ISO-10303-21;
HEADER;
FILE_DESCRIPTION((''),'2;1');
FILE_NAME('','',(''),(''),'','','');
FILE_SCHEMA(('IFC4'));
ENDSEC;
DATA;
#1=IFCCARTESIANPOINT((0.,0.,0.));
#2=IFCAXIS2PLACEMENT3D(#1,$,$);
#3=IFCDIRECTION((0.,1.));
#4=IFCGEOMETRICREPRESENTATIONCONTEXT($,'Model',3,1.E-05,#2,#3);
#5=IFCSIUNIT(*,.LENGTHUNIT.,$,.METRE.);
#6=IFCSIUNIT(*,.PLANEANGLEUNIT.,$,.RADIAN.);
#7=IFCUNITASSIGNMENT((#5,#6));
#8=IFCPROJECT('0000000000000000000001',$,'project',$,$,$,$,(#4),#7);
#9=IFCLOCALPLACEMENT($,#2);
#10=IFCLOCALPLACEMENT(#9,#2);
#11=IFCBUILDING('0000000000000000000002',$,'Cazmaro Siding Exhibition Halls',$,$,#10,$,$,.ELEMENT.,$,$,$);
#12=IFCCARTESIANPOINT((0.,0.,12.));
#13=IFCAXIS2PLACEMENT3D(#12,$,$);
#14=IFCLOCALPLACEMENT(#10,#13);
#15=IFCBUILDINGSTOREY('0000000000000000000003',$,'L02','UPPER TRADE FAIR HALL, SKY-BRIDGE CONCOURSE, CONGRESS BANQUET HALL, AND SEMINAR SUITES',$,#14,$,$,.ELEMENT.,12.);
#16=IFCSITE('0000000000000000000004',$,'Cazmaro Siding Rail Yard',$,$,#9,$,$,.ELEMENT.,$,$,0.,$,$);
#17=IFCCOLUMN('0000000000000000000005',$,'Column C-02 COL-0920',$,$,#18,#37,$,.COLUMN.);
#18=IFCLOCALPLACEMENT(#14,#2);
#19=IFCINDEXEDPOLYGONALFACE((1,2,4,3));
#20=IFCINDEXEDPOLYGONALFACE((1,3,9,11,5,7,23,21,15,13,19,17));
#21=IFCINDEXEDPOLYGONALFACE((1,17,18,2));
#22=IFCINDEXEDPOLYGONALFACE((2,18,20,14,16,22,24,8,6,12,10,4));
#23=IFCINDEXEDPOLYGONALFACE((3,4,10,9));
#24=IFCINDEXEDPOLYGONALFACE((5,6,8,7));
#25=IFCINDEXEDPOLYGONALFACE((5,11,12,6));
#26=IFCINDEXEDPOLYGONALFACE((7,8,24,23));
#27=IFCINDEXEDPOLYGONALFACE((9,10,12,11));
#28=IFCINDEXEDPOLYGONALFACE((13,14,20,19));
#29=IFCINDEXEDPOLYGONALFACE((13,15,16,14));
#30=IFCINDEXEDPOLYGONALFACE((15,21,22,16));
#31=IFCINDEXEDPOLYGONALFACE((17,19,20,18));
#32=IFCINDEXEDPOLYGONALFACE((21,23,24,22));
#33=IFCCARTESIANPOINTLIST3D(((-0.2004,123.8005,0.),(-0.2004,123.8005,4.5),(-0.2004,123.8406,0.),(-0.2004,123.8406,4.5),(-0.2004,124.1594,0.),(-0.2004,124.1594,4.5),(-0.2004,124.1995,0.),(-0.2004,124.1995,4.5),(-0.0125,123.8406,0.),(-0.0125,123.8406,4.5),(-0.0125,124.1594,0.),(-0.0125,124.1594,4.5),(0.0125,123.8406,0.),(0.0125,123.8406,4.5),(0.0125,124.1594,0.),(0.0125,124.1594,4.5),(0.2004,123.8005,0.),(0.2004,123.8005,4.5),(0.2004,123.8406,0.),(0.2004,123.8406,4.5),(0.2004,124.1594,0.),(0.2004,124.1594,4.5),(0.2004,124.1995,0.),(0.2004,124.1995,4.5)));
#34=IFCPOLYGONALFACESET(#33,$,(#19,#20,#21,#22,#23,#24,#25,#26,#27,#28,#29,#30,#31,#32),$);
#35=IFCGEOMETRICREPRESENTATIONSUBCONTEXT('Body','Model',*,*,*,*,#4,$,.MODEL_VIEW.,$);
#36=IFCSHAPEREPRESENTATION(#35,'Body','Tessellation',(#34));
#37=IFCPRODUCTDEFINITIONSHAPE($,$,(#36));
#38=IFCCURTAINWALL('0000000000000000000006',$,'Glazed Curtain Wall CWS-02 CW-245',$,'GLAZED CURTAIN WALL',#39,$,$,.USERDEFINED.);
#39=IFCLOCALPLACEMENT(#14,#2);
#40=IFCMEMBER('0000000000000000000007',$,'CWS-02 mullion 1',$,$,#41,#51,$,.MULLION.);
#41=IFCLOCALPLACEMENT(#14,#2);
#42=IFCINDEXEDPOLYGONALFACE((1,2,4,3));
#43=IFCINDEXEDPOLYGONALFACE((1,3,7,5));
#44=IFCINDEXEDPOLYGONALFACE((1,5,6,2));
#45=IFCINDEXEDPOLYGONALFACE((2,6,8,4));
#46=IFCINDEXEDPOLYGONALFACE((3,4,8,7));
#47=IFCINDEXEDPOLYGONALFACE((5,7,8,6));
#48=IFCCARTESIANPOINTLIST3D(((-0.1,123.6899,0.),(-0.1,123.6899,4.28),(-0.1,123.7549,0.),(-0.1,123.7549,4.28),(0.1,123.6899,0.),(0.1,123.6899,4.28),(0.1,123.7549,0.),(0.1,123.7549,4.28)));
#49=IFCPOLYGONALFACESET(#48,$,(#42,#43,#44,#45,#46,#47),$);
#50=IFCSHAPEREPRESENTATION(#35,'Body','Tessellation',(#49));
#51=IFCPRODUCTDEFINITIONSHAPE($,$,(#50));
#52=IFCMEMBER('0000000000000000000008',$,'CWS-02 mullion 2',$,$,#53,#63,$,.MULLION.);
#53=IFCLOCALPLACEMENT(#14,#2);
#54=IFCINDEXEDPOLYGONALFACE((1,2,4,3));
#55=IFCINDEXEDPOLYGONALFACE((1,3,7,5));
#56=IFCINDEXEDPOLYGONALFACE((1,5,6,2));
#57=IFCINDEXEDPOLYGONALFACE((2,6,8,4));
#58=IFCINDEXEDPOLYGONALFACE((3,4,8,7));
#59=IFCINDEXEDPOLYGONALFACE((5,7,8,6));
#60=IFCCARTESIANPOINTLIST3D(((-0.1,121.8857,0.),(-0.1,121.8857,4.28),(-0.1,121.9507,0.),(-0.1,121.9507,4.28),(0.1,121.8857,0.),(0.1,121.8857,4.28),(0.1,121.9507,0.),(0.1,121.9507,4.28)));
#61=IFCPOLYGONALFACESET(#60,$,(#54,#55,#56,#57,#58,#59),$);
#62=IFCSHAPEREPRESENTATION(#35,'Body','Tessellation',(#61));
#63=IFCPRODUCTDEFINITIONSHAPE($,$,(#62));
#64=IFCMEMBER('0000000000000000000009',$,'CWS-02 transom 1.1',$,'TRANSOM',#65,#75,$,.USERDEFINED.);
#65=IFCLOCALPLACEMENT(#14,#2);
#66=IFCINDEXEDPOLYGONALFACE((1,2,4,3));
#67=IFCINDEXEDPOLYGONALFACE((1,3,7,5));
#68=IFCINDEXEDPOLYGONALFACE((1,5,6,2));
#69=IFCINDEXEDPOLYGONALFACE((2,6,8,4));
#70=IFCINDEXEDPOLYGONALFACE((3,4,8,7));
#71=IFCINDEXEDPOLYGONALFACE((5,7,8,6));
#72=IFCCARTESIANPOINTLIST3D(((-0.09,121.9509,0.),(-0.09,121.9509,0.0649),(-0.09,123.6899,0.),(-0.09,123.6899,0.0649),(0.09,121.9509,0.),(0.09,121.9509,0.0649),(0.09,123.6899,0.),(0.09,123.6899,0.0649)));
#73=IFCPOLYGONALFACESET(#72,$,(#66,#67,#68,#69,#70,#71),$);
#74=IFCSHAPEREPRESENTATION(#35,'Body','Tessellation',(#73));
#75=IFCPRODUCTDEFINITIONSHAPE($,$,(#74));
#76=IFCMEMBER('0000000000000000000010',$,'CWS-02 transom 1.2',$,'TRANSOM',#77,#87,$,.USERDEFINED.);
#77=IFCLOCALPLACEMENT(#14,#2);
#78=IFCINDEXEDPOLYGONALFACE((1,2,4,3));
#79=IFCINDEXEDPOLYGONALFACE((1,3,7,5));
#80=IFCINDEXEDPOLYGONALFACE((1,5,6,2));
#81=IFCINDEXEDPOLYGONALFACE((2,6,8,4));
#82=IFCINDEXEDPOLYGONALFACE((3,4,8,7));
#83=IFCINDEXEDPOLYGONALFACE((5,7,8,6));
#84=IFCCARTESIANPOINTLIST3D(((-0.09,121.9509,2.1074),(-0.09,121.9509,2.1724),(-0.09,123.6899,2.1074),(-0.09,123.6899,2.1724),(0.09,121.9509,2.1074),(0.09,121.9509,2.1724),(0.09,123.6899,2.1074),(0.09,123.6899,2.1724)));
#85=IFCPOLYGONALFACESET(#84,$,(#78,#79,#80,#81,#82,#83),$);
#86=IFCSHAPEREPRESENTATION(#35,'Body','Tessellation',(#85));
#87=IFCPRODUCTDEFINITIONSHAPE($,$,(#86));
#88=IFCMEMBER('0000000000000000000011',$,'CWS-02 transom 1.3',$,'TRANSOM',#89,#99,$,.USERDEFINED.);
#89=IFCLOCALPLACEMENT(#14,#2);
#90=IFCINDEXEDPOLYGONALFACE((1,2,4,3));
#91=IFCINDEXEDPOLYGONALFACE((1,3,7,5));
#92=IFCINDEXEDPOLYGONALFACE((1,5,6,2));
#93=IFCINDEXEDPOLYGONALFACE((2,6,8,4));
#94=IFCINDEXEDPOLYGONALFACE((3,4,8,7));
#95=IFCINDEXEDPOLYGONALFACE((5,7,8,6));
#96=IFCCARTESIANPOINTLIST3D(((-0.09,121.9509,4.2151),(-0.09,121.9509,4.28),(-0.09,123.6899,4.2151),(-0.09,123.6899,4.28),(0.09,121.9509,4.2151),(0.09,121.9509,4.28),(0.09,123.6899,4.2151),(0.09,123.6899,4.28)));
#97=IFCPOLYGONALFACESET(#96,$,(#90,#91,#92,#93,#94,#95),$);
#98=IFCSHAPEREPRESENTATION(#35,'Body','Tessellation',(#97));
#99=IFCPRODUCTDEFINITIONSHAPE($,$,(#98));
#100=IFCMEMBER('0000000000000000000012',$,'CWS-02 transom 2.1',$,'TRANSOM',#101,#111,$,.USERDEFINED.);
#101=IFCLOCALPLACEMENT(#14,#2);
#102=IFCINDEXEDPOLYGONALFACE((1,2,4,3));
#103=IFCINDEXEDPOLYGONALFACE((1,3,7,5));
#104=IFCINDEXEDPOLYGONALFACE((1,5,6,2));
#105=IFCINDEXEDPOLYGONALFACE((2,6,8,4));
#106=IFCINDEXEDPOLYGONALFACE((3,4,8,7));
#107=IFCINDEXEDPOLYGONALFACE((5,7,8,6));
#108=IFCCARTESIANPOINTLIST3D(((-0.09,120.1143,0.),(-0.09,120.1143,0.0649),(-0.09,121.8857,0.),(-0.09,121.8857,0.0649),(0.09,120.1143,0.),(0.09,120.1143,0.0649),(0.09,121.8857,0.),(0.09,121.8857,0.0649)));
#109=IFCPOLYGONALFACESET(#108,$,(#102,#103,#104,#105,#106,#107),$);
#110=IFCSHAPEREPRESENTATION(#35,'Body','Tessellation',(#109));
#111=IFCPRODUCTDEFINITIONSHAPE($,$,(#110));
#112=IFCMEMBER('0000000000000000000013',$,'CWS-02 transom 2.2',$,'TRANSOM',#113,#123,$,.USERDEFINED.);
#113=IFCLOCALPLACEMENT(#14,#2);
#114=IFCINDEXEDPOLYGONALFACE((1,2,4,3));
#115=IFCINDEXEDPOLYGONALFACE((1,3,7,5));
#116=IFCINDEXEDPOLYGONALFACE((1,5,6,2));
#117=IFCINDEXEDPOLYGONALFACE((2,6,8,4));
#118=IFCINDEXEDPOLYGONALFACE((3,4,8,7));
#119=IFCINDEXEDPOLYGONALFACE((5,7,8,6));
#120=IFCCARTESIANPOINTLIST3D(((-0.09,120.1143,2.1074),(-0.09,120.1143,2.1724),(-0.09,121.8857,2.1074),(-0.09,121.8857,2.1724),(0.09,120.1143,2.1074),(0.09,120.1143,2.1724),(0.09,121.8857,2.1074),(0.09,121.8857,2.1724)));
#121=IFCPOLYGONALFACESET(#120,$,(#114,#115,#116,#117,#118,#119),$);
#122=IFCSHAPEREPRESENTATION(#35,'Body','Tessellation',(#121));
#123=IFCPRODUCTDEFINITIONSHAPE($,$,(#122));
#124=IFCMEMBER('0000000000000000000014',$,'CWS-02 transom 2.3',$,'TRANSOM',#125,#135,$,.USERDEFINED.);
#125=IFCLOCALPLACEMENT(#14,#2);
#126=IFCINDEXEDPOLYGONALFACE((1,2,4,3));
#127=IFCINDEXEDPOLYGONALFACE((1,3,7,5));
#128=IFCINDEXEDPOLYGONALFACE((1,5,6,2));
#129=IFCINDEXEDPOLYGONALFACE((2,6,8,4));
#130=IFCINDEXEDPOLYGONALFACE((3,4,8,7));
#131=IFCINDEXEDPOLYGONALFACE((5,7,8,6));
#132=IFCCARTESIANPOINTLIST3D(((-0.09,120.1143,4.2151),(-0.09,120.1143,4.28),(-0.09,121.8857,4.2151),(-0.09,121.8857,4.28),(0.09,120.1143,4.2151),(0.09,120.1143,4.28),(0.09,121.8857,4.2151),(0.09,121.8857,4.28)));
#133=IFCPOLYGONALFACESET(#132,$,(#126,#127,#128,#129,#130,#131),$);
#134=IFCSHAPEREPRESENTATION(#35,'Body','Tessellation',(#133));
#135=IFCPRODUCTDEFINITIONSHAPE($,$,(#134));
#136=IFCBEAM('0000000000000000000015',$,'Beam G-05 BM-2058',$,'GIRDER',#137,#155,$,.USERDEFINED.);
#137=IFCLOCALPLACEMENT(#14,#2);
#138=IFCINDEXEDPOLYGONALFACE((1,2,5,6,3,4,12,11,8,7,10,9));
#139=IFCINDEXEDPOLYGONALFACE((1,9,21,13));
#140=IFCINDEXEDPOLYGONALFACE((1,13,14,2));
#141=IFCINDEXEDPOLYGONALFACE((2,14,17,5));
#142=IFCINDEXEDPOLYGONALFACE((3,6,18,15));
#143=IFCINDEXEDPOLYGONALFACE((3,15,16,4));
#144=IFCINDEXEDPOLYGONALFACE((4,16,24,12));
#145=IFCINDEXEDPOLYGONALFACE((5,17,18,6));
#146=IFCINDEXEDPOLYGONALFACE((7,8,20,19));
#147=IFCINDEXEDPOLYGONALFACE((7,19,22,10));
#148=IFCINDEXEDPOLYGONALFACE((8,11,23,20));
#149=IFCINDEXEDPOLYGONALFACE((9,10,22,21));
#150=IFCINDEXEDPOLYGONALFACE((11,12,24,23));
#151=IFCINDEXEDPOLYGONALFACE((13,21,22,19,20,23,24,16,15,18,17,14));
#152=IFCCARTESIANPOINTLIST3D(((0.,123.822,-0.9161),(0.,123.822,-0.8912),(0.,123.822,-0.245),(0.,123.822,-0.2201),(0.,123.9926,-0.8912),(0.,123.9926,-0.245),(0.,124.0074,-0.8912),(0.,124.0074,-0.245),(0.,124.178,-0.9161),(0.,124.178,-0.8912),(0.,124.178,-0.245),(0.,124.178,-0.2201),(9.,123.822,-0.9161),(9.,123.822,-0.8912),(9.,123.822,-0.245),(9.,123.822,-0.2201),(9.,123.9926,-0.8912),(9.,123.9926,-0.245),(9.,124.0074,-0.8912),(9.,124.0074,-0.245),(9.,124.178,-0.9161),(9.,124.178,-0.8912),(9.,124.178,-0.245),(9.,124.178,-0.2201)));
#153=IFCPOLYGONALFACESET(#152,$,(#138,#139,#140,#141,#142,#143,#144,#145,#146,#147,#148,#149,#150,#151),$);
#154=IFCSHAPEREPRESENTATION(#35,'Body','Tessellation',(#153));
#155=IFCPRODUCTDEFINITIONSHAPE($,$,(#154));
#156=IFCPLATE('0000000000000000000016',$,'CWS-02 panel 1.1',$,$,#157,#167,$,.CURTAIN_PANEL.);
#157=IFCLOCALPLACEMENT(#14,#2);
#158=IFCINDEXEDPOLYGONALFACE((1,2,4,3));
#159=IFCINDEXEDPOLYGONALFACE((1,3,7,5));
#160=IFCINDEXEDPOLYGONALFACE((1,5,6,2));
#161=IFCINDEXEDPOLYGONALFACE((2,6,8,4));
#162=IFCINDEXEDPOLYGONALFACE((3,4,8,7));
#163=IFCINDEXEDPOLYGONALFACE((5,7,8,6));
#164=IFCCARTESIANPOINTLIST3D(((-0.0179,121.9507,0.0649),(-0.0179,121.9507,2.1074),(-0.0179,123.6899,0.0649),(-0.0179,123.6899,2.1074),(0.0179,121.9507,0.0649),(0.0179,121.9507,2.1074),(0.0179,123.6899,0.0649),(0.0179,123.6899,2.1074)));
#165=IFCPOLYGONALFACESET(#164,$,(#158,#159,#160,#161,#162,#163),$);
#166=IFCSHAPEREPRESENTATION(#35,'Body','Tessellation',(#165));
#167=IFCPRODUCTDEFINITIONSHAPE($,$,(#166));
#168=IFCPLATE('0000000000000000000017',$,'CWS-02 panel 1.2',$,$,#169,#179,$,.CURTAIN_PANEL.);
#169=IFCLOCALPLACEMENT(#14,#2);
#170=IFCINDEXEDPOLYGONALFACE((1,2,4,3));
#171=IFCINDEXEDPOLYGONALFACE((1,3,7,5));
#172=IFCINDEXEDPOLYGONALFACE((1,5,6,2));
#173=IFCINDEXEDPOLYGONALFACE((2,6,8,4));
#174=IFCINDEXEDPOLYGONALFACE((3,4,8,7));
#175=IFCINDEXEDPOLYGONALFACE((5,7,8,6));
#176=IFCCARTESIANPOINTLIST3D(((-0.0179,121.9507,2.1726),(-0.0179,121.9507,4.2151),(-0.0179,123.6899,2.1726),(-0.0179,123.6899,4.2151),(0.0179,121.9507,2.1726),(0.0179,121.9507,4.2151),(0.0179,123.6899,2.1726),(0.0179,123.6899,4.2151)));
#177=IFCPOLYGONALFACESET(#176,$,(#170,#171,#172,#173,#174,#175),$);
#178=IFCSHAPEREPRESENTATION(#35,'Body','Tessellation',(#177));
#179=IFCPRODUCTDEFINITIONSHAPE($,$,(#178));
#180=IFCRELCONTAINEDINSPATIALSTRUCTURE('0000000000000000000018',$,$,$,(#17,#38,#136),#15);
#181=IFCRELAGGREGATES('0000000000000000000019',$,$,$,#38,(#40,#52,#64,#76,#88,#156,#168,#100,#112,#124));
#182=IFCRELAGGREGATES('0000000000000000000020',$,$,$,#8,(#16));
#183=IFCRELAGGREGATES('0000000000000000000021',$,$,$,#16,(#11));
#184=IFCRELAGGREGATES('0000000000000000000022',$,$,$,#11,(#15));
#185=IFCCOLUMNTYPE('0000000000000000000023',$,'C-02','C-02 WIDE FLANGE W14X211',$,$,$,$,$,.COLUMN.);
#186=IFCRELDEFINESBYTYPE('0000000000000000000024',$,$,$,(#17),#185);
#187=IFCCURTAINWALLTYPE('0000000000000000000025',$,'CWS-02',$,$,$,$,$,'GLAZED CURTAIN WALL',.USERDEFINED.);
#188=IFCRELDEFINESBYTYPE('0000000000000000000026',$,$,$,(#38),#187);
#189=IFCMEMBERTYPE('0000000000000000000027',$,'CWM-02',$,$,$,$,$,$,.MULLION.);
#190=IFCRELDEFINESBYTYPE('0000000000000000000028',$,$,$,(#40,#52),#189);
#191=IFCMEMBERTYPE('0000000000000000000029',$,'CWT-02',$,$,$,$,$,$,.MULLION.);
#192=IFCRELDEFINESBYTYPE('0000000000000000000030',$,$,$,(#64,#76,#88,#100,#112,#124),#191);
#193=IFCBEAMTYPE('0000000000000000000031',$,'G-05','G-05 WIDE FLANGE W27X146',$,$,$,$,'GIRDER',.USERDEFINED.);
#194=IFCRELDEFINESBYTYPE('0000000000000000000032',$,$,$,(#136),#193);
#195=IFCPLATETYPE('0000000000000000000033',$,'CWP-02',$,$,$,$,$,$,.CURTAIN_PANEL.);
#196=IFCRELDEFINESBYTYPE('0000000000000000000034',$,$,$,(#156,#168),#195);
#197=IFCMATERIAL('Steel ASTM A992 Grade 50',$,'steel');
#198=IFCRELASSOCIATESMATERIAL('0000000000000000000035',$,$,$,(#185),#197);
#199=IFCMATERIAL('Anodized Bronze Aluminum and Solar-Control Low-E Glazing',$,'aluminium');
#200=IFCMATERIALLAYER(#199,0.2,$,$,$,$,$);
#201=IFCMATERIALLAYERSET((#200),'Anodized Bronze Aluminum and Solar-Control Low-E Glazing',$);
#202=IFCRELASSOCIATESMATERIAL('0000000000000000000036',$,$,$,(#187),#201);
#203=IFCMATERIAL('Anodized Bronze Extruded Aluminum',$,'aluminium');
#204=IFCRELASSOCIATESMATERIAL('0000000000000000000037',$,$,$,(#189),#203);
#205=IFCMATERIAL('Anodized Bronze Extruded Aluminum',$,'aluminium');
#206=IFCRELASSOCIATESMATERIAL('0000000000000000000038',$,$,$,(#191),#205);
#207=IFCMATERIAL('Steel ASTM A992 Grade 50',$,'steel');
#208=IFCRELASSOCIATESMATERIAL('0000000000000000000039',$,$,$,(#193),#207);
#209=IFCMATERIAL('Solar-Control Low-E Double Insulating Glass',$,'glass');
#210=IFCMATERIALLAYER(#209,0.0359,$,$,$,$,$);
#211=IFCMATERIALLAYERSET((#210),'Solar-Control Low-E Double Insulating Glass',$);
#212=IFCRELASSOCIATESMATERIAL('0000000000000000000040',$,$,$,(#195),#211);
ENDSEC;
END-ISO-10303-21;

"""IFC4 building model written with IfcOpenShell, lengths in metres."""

from ifc_helpers import new_model, si_unit, direction, frame, origin, origin_2d, place, context, subcontext, project, spatial, rectangle, i_section, extrude, material, layer, layer_set, material_profile, profile_set, type_object, element, aggregate, save


model = new_model("IFC4")

# Units and contexts
model_context = context("Model", 3, precision=1e-05, world=origin(), true_north=direction((0.0, 1.0)))
body_context = subcontext(model_context, "Body", "Model", "MODEL_VIEW")
ifc_project = project(units=[si_unit("LENGTHUNIT", "METRE"), si_unit("PLANEANGLEUNIT", "RADIAN")], contexts=[model_context])

# Site, building, storey
site_placement = place(None, origin())
site = spatial("IfcSite", under=ifc_project, at=site_placement, Name="Cazmaro Siding Rail Yard", CompositionType="ELEMENT", RefElevation=0.0)
building_placement = place(site_placement, origin())
building = spatial("IfcBuilding", under=site, at=building_placement, Name="Cazmaro Siding Exhibition Halls", CompositionType="ELEMENT")
storey_placement = place(building_placement, frame((0.0, 0.0, 12.0)))
storey = spatial("IfcBuildingStorey", under=building, at=storey_placement, Name="L02", Description="UPPER TRADE FAIR HALL, SKY-BRIDGE CONCOURSE, CONGRESS BANQUET HALL, AND SEMINAR SUITES", CompositionType="ELEMENT", Elevation=12.0)

# Column
ifc_material_1 = material(Name="Steel ASTM A992 Grade 50", Category="steel")
ifc_material_profile_1 = material_profile(ifc_material_1, i_section(OverallWidth=0.4009, OverallDepth=0.3989, WebThickness=0.0249, FlangeThickness=0.04, at=origin_2d()), Name="W14X211")
ifc_profile_set_1 = profile_set([ifc_material_profile_1], Name="Steel ASTM A992 Grade 50")
column_type = type_object("IfcColumnType", Name="C-02", Description="C-02 WIDE FLANGE W14X211", PredefinedType="COLUMN", material=ifc_profile_set_1)
column_placement = place(storey_placement, frame((0.0, 124.0, 0.0), z_axis=(0.0, 0.0, 1.0), x_axis=(1.0, 0.0, 0.0)))
element("IfcColumn", 1, at=column_placement, inside=storey, type_object=column_type, Name="Column C-02 COL-0920", PredefinedType="COLUMN", context=body_context, shape_type="SweptSolid", body=[
    extrude(i_section(OverallWidth=0.4009, OverallDepth=0.3989, WebThickness=0.0249, FlangeThickness=0.04, at=origin_2d()), origin(), (0.0, 0.0, 1.0), 4.5),
])

# Curtain wall, members
ifc_material_2 = material(Name="Anodized Bronze Aluminum and Solar-Control Low-E Glazing", Category="aluminium")
ifc_layer_1 = layer(ifc_material_2, 0.2)
ifc_layer_set_1 = layer_set([ifc_layer_1], Name="Anodized Bronze Aluminum and Solar-Control Low-E Glazing")
curtain_wall_type = type_object("IfcCurtainWallType", Name="CWS-02", ElementType="GLAZED CURTAIN WALL", PredefinedType="USERDEFINED", material=ifc_layer_set_1)
curtain_wall_placement = place(storey_placement, origin())
curtain_wall = element("IfcCurtainWall", 2, at=curtain_wall_placement, inside=storey, type_object=curtain_wall_type, Name="Glazed Curtain Wall CWS-02 CW-245", ObjectType="GLAZED CURTAIN WALL", PredefinedType="USERDEFINED")
ifc_material_3 = material(Name="Anodized Bronze Extruded Aluminum", Category="aluminium")
ifc_material_profile_2 = material_profile(ifc_material_3, rectangle(XDim=0.2, YDim=0.0649, at=origin_2d()), Name="CWM-02")
ifc_profile_set_2 = profile_set([ifc_material_profile_2], Name="Anodized Bronze Extruded Aluminum")
member_type_1 = type_object("IfcMemberType", Name="CWM-02", PredefinedType="MULLION", material=ifc_profile_set_2)
member_1_placement = place(storey_placement, frame((0.0, 123.7224, 0.0), z_axis=(0.0, 0.0, 1.0), x_axis=(1.0, 0.0, 0.0)))
member_1 = element("IfcMember", 3, at=member_1_placement, type_object=member_type_1, Name="CWS-02 mullion 1", PredefinedType="MULLION", context=body_context, shape_type="SweptSolid", body=[
    extrude(rectangle(XDim=0.2, YDim=0.0649, at=origin_2d()), origin(), (0.0, 0.0, 1.0), 4.28),
])
member_2_placement = place(storey_placement, frame((0.0, 121.9182, 0.0), z_axis=(0.0, 0.0, 1.0), x_axis=(1.0, 0.0, 0.0)))
member_2 = element("IfcMember", 4, at=member_2_placement, type_object=member_type_1, Name="CWS-02 mullion 2", PredefinedType="MULLION", context=body_context, shape_type="SweptSolid", body=[
    extrude(rectangle(XDim=0.2, YDim=0.0649, at=origin_2d()), origin(), (0.0, 0.0, 1.0), 4.28),
])
ifc_material_4 = material(Name="Anodized Bronze Extruded Aluminum", Category="aluminium")
ifc_material_profile_3 = material_profile(ifc_material_4, rectangle(XDim=0.1799, YDim=0.0649, at=origin_2d()), Name="CWT-02")
ifc_profile_set_3 = profile_set([ifc_material_profile_3], Name="Anodized Bronze Extruded Aluminum")
member_type_2 = type_object("IfcMemberType", Name="CWT-02", PredefinedType="MULLION", material=ifc_profile_set_3)
member_3_placement = place(storey_placement, frame((0.0, 123.6899, 0.0325), z_axis=(0.0, -1.0, 0.0), x_axis=(1.0, 0.0, 0.0)))
member_3 = element("IfcMember", 5, at=member_3_placement, type_object=member_type_2, Name="CWS-02 transom 1.1", ObjectType="TRANSOM", PredefinedType="USERDEFINED", context=body_context, shape_type="SweptSolid", body=[
    extrude(rectangle(XDim=0.1799, YDim=0.0649, at=origin_2d()), origin(), (0.0, 0.0, 1.0), 1.739),
])
member_4_placement = place(storey_placement, frame((0.0, 123.6899, 2.1399), z_axis=(0.0, -1.0, 0.0), x_axis=(1.0, 0.0, 0.0)))
member_4 = element("IfcMember", 6, at=member_4_placement, type_object=member_type_2, Name="CWS-02 transom 1.2", ObjectType="TRANSOM", PredefinedType="USERDEFINED", context=body_context, shape_type="SweptSolid", body=[
    extrude(rectangle(XDim=0.1799, YDim=0.0649, at=origin_2d()), origin(), (0.0, 0.0, 1.0), 1.739),
])
member_5_placement = place(storey_placement, frame((0.0, 123.6899, 4.2476), z_axis=(0.0, -1.0, 0.0), x_axis=(1.0, 0.0, 0.0)))
member_5 = element("IfcMember", 7, at=member_5_placement, type_object=member_type_2, Name="CWS-02 transom 1.3", ObjectType="TRANSOM", PredefinedType="USERDEFINED", context=body_context, shape_type="SweptSolid", body=[
    extrude(rectangle(XDim=0.1799, YDim=0.0649, at=origin_2d()), origin(), (0.0, 0.0, 1.0), 1.739),
])
member_6_placement = place(storey_placement, frame((0.0, 121.8857, 0.0325), z_axis=(0.0, -1.0, 0.0), x_axis=(1.0, 0.0, 0.0)))
member_6 = element("IfcMember", 8, at=member_6_placement, type_object=member_type_2, Name="CWS-02 transom 2.1", ObjectType="TRANSOM", PredefinedType="USERDEFINED", context=body_context, shape_type="SweptSolid", body=[
    extrude(rectangle(XDim=0.1799, YDim=0.0649, at=origin_2d()), origin(), (0.0, 0.0, 1.0), 1.7715),
])
member_7_placement = place(storey_placement, frame((0.0, 121.8857, 2.1399), z_axis=(0.0, -1.0, 0.0), x_axis=(1.0, 0.0, 0.0)))
member_7 = element("IfcMember", 9, at=member_7_placement, type_object=member_type_2, Name="CWS-02 transom 2.2", ObjectType="TRANSOM", PredefinedType="USERDEFINED", context=body_context, shape_type="SweptSolid", body=[
    extrude(rectangle(XDim=0.1799, YDim=0.0649, at=origin_2d()), origin(), (0.0, 0.0, 1.0), 1.7715),
])
member_8_placement = place(storey_placement, frame((0.0, 121.8857, 4.2476), z_axis=(0.0, -1.0, 0.0), x_axis=(1.0, 0.0, 0.0)))
member_8 = element("IfcMember", 10, at=member_8_placement, type_object=member_type_2, Name="CWS-02 transom 2.3", ObjectType="TRANSOM", PredefinedType="USERDEFINED", context=body_context, shape_type="SweptSolid", body=[
    extrude(rectangle(XDim=0.1799, YDim=0.0649, at=origin_2d()), origin(), (0.0, 0.0, 1.0), 1.7715),
])

# Beam
ifc_material_5 = material(Name="Steel ASTM A992 Grade 50", Category="steel")
ifc_material_profile_4 = material_profile(ifc_material_5, i_section(OverallWidth=0.356, OverallDepth=0.696, WebThickness=0.0149, FlangeThickness=0.0249, at=origin_2d()), Name="W27X146")
ifc_profile_set_4 = profile_set([ifc_material_profile_4], Name="Steel ASTM A992 Grade 50")
beam_type = type_object("IfcBeamType", Name="G-05", Description="G-05 WIDE FLANGE W27X146", ElementType="GIRDER", PredefinedType="USERDEFINED", material=ifc_profile_set_4)
beam_placement = place(storey_placement, frame((0.0, 124.0, -0.5681), z_axis=(1.0, 0.0, 0.0), x_axis=(0.0, 1.0, 0.0)))
element("IfcBeam", 11, at=beam_placement, inside=storey, type_object=beam_type, Name="Beam G-05 BM-2058", ObjectType="GIRDER", PredefinedType="USERDEFINED", context=body_context, shape_type="SweptSolid", body=[
    extrude(i_section(OverallWidth=0.356, OverallDepth=0.696, WebThickness=0.0149, FlangeThickness=0.0249, at=origin_2d()), origin(), (0.0, 0.0, 1.0), 9.0),
])

# Plates
ifc_material_6 = material(Name="Solar-Control Low-E Double Insulating Glass", Category="glass")
ifc_layer_2 = layer(ifc_material_6, 0.0359)
ifc_layer_set_2 = layer_set([ifc_layer_2], Name="Solar-Control Low-E Double Insulating Glass")
plate_type = type_object("IfcPlateType", Name="CWP-02", PredefinedType="CURTAIN_PANEL", material=ifc_layer_set_2)
plate_1_placement = place(storey_placement, frame((0.0, 122.8203, 0.0649), z_axis=(0.0, 0.0, 1.0), x_axis=(0.0, -1.0, 0.0)))
plate_1 = element("IfcPlate", 12, at=plate_1_placement, type_object=plate_type, Name="CWS-02 panel 1.1", PredefinedType="CURTAIN_PANEL", context=body_context, shape_type="SweptSolid", body=[
    extrude(rectangle(XDim=1.7393, YDim=0.0359, at=origin_2d()), origin(), (0.0, 0.0, 1.0), 2.0425),
])
plate_2_placement = place(storey_placement, frame((0.0, 122.8203, 2.1726), z_axis=(0.0, 0.0, 1.0), x_axis=(0.0, -1.0, 0.0)))
plate_2 = element("IfcPlate", 13, at=plate_2_placement, type_object=plate_type, Name="CWS-02 panel 1.2", PredefinedType="CURTAIN_PANEL", context=body_context, shape_type="SweptSolid", body=[
    extrude(rectangle(XDim=1.7393, YDim=0.0359, at=origin_2d()), origin(), (0.0, 0.0, 1.0), 2.0425),
])
aggregate(curtain_wall, [member_1, member_2, member_3, member_4, member_5, plate_1, plate_2, member_6, member_7, member_8])

save(model, "model.ifc")
